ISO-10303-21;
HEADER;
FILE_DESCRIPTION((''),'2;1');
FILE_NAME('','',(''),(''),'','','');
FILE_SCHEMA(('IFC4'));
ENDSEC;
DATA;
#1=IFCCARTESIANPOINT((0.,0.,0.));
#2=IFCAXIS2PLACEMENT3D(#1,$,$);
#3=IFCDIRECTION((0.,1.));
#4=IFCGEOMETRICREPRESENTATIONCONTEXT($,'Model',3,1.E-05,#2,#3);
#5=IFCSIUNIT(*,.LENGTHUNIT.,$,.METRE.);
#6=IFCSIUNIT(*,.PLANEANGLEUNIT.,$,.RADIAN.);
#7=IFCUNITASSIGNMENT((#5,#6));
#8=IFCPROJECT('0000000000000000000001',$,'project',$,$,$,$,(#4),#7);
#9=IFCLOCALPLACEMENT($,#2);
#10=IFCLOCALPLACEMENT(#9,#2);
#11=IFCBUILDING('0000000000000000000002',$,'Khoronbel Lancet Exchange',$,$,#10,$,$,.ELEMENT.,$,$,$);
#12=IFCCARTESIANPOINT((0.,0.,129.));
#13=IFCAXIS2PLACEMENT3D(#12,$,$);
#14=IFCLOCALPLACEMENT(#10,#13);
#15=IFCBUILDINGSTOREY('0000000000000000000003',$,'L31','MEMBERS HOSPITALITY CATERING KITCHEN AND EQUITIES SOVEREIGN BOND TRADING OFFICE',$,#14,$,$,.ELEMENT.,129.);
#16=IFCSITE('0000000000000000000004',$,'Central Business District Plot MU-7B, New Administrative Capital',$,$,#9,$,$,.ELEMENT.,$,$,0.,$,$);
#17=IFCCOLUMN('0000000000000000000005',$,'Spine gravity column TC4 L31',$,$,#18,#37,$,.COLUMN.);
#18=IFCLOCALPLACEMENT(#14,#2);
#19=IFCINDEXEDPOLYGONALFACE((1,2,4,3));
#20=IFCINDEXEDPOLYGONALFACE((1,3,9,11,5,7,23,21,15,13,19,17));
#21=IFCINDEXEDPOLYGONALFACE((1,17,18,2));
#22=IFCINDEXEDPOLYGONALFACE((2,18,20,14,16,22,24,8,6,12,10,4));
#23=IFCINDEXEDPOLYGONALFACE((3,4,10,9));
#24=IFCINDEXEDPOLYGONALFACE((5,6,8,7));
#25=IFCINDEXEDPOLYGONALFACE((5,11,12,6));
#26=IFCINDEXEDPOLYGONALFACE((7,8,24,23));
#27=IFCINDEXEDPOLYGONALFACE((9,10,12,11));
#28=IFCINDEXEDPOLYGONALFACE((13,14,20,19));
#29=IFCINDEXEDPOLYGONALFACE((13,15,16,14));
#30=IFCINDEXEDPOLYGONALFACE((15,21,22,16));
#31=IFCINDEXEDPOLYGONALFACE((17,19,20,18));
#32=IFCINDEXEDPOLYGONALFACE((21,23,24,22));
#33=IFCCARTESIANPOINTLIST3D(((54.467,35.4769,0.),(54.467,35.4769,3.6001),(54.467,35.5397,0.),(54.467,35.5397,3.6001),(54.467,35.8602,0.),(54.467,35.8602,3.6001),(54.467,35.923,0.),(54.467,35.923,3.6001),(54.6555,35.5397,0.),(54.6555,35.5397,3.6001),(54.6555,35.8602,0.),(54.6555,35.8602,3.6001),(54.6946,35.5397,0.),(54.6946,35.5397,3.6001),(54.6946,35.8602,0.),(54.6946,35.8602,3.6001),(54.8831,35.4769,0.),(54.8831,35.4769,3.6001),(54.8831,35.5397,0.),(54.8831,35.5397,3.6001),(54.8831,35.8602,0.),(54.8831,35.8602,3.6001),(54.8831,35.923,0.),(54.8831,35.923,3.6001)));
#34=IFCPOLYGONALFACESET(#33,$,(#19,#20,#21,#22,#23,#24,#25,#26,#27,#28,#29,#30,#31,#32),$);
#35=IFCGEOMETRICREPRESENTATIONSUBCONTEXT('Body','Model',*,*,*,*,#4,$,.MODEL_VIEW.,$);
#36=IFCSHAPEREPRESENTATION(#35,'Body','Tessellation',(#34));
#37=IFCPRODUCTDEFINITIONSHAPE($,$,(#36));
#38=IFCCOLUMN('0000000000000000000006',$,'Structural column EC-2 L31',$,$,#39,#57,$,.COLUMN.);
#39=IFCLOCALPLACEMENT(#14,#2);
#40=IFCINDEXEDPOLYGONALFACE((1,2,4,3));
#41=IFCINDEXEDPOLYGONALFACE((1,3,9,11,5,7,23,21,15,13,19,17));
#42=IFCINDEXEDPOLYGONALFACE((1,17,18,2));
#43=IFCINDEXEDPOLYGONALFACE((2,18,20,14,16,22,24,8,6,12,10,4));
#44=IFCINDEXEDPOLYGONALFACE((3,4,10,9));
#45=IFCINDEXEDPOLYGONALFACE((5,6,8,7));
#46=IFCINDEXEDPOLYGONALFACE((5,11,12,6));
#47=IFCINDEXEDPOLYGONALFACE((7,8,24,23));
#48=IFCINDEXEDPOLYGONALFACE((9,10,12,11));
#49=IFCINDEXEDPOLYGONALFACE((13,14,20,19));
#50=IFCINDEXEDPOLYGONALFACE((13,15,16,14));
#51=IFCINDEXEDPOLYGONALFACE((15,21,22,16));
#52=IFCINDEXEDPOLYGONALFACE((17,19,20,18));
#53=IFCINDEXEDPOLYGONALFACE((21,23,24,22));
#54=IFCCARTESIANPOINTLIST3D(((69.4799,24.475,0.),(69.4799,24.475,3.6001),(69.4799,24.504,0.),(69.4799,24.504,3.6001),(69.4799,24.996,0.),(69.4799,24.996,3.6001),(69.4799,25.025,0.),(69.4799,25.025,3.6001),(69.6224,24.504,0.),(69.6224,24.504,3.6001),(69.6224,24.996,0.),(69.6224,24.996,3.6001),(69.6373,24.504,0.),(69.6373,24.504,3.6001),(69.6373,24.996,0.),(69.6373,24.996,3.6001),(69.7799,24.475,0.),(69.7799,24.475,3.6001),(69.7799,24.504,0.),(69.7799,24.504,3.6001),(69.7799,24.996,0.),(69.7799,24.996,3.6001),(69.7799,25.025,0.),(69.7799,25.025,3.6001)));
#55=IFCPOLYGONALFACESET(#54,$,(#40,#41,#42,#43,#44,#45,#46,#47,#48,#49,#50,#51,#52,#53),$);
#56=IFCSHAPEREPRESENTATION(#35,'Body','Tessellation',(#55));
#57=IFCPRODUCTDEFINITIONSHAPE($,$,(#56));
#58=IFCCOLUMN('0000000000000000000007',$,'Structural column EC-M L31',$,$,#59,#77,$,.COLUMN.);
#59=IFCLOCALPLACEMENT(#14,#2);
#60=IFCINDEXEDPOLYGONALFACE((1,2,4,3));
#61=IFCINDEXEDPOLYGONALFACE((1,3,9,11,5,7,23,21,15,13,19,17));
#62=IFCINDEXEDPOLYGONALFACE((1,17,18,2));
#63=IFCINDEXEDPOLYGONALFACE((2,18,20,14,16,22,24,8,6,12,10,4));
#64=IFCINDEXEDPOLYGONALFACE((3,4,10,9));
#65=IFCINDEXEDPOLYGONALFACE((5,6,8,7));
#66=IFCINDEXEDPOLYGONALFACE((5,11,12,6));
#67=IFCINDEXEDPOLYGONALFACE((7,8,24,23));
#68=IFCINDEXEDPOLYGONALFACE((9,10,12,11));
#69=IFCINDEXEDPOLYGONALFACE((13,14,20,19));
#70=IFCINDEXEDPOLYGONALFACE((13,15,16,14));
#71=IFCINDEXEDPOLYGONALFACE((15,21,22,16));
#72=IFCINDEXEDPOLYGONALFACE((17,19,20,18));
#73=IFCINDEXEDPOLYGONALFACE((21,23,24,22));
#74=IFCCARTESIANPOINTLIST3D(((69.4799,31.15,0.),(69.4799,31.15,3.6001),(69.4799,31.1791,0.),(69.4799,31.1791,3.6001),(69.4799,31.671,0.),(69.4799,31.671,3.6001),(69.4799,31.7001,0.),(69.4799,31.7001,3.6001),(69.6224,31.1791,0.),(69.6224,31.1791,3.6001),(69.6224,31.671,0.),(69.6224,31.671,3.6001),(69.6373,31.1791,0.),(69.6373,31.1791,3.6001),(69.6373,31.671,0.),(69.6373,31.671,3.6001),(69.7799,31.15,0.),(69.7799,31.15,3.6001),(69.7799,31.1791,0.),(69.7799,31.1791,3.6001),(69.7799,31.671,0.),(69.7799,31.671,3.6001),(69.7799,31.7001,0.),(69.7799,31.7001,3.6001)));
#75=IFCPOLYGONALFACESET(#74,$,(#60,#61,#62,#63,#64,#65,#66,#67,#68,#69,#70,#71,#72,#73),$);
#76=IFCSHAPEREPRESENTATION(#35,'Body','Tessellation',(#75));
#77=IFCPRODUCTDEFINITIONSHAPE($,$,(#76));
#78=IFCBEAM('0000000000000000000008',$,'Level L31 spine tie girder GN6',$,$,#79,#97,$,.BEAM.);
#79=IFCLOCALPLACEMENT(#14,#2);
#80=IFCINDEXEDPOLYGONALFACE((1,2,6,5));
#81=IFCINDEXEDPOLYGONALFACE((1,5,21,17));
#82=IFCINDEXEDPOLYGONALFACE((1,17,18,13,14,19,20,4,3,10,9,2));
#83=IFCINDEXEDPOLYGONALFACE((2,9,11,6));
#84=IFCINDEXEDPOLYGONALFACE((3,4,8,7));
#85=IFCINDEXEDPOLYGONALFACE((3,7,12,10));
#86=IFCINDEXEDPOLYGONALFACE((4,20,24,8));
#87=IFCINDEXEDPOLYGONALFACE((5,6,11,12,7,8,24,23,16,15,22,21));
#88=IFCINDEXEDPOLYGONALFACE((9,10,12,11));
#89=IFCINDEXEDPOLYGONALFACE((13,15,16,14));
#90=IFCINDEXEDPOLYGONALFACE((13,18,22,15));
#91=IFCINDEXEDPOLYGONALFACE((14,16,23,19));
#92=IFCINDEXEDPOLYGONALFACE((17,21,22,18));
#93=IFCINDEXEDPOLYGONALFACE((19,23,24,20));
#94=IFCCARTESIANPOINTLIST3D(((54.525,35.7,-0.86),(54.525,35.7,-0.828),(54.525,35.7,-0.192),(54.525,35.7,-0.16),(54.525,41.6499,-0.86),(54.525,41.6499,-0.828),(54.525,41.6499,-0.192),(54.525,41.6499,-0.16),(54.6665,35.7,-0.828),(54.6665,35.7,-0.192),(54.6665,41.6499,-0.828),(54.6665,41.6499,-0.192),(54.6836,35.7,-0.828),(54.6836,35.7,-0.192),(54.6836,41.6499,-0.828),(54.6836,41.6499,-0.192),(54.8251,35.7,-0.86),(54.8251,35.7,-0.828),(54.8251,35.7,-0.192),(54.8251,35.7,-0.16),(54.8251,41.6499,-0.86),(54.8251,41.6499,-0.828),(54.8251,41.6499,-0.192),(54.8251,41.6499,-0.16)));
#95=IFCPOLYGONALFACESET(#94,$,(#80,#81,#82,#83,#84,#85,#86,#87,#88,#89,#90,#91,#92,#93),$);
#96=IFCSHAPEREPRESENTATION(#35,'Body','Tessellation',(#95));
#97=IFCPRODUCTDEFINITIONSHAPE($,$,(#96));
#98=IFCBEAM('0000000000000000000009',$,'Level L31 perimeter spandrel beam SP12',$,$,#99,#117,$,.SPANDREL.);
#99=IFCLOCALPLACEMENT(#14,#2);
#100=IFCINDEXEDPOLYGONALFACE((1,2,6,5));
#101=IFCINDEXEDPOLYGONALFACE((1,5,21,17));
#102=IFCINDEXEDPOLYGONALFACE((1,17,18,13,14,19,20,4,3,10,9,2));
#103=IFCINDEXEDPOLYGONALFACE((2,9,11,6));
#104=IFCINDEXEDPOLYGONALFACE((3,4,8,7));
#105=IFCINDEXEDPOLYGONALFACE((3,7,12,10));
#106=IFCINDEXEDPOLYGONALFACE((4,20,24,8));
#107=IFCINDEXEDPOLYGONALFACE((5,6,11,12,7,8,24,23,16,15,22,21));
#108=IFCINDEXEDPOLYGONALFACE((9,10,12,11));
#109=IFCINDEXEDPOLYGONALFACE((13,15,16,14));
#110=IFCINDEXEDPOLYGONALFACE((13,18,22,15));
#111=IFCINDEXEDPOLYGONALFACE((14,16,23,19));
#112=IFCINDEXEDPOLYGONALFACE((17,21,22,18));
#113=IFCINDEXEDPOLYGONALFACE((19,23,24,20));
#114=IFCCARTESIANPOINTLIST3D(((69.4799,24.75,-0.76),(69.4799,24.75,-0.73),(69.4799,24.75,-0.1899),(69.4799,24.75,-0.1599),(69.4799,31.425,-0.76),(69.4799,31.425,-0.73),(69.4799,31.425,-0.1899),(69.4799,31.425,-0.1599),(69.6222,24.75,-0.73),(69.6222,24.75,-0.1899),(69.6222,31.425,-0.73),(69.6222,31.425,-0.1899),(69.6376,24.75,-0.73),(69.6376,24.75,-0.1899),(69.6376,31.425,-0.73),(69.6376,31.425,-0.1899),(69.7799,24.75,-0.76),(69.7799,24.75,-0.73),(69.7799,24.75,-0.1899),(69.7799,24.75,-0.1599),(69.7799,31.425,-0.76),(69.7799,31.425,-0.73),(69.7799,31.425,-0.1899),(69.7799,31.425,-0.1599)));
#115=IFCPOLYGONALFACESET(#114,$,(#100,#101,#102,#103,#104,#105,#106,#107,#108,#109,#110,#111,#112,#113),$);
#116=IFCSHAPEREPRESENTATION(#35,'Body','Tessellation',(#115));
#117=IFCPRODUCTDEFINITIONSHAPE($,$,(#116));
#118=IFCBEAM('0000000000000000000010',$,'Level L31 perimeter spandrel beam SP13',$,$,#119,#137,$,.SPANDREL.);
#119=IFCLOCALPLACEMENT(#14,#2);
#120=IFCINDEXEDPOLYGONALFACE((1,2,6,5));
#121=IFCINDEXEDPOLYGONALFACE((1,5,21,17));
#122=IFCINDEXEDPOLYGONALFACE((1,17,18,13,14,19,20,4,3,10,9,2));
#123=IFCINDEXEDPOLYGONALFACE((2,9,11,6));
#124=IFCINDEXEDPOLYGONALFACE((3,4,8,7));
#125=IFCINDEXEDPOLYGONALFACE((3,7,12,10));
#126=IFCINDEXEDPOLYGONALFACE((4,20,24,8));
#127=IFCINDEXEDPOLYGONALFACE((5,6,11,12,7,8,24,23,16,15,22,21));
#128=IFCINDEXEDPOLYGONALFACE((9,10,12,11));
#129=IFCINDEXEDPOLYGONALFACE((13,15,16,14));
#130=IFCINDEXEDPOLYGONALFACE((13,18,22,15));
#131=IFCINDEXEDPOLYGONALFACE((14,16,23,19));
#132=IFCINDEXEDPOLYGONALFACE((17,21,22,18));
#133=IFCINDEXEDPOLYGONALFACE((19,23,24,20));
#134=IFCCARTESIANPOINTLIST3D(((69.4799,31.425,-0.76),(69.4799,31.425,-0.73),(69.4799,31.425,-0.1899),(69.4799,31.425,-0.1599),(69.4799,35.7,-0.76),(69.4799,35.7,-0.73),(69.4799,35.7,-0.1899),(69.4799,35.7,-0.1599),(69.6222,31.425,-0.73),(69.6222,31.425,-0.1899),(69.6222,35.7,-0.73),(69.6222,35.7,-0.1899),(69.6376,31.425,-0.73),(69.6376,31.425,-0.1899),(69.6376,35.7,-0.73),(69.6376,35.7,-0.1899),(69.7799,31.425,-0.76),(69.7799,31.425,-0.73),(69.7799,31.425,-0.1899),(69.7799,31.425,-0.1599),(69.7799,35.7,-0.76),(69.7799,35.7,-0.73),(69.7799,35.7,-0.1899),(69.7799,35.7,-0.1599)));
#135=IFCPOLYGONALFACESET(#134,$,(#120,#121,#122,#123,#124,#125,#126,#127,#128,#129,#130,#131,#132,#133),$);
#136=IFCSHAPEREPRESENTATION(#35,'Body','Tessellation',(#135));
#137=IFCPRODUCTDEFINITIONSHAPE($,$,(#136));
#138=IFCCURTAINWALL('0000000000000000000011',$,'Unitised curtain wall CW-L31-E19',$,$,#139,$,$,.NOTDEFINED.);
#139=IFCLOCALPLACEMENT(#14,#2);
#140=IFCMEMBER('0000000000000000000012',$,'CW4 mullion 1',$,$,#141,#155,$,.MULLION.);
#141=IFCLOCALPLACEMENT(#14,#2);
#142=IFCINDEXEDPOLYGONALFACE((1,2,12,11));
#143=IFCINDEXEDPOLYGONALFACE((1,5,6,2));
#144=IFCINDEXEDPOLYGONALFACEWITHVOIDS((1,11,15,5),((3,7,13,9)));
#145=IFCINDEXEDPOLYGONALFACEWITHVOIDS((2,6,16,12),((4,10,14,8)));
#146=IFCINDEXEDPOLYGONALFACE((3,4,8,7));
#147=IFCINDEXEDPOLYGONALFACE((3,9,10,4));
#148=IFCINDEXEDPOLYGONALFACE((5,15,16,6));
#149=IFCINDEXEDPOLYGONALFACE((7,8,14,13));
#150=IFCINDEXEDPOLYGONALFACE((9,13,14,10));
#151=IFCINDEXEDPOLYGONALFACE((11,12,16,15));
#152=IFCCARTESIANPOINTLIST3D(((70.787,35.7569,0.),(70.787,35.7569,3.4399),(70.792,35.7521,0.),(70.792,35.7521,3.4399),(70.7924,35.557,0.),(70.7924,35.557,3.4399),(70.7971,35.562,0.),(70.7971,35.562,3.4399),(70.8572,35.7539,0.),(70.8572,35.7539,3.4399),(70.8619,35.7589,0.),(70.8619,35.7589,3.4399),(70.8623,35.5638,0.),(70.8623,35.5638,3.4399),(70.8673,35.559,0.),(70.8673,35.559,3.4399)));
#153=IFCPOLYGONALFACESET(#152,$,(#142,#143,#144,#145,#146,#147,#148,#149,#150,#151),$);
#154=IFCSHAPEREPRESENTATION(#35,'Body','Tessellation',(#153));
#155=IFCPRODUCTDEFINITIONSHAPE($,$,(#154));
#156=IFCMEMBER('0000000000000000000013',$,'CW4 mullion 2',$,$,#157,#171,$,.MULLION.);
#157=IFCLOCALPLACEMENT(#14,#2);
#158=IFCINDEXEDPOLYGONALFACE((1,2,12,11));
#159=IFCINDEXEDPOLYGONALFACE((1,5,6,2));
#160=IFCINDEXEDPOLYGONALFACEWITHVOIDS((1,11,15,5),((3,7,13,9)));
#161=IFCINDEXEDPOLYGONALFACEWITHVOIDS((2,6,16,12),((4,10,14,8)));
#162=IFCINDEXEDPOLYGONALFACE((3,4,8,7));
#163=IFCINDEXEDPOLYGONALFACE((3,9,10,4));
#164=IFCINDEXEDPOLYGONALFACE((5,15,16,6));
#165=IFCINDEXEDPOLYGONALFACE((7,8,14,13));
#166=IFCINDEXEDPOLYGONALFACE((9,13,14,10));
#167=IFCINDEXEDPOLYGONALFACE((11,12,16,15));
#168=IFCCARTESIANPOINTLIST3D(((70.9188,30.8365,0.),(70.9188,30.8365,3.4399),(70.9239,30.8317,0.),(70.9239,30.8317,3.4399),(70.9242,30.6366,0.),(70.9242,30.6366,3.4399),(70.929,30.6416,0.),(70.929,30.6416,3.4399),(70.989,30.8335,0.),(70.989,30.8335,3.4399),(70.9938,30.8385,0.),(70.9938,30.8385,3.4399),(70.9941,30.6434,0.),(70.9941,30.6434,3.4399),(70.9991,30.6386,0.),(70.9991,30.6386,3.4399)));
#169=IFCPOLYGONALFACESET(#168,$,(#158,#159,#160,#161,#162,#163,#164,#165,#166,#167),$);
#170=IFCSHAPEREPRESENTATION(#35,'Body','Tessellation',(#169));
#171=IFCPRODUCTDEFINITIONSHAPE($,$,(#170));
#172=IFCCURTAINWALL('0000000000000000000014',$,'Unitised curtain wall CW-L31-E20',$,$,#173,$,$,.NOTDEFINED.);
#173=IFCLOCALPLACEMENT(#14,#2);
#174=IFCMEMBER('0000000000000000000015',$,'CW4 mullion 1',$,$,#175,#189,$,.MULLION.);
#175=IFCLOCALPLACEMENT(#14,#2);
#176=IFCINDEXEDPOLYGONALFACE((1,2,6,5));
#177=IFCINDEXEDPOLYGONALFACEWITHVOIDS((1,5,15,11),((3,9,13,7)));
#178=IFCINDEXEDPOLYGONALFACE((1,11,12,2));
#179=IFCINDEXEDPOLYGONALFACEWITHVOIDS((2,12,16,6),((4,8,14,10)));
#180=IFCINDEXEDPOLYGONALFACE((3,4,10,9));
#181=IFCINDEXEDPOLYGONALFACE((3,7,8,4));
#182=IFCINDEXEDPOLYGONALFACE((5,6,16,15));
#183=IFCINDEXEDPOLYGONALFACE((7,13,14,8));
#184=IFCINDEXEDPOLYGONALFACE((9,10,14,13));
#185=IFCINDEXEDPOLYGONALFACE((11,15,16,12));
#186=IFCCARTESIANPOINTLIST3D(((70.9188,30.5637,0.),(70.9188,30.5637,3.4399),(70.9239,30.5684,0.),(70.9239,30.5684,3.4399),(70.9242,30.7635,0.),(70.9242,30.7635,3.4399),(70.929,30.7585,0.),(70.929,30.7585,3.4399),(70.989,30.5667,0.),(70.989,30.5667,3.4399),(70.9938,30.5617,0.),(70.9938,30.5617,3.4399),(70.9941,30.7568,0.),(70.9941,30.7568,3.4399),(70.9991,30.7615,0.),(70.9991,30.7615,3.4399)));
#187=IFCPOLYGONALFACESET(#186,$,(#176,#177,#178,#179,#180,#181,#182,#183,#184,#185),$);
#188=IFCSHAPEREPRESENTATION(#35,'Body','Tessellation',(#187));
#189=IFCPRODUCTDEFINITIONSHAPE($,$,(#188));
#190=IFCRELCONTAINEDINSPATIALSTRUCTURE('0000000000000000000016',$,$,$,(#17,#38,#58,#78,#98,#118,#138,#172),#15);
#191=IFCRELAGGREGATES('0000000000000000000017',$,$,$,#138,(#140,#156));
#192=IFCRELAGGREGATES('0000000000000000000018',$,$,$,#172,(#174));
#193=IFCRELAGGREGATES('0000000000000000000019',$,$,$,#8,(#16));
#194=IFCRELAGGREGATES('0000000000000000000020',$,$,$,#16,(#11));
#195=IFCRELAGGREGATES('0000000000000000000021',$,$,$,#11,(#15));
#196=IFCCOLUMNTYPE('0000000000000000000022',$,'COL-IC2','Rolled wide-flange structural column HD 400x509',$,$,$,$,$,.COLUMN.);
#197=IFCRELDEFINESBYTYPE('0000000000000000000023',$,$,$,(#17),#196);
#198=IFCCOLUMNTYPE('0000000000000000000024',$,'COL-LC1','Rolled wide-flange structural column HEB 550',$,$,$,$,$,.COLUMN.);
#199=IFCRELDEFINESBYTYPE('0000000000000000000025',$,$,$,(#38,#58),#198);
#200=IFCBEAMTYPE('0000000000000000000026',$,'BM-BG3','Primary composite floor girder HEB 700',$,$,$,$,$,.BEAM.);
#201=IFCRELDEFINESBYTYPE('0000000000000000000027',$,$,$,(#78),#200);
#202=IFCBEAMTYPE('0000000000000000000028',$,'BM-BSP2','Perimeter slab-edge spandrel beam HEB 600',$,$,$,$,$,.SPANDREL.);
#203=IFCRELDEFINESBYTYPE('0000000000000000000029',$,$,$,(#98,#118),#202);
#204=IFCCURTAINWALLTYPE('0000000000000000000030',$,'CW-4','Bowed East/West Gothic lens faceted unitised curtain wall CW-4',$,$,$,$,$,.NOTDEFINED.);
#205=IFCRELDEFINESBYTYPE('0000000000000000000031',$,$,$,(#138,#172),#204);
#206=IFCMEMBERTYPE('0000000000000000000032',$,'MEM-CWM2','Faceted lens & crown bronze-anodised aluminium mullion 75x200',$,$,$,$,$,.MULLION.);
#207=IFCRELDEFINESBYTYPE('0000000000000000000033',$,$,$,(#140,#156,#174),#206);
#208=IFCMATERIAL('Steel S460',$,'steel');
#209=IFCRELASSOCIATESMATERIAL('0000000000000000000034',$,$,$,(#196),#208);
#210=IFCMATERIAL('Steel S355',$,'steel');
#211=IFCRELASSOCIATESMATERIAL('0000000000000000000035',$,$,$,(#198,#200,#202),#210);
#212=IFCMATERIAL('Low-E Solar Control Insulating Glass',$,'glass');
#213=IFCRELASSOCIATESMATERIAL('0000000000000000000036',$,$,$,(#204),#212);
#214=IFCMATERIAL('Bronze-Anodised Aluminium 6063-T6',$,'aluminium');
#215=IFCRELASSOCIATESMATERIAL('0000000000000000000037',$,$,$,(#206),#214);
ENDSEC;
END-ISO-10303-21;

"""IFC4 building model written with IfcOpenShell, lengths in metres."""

from ifc_helpers import new_model, si_unit, direction, frame, origin, origin_2d, place, context, subcontext, project, spatial, hollow_rectangle, i_section, extrude, material, material_profile, profile_set, type_object, element, aggregate, save


model = new_model("IFC4")

# Units and contexts
model_context = context("Model", 3, precision=1e-05, world=origin(), true_north=direction((0.0, 1.0)))
body_context = subcontext(model_context, "Body", "Model", "MODEL_VIEW")
ifc_project = project(units=[si_unit("LENGTHUNIT", "METRE"), si_unit("PLANEANGLEUNIT", "RADIAN")], contexts=[model_context])

# Site, building, storey
site_placement = place(None, origin())
site = spatial("IfcSite", under=ifc_project, at=site_placement, Name="Central Business District Plot MU-7B, New Administrative Capital", CompositionType="ELEMENT", RefElevation=0.0)
building_placement = place(site_placement, origin())
building = spatial("IfcBuilding", under=site, at=building_placement, Name="Khoronbel Lancet Exchange", CompositionType="ELEMENT")
storey_placement = place(building_placement, frame((0.0, 0.0, 129.0)))
storey = spatial("IfcBuildingStorey", under=building, at=storey_placement, Name="L31", Description="MEMBERS HOSPITALITY CATERING KITCHEN AND EQUITIES SOVEREIGN BOND TRADING OFFICE", CompositionType="ELEMENT", Elevation=129.0)

# Columns
ifc_material_1 = material(Name="Steel S460", Category="steel")
ifc_material_profile_1 = material_profile(ifc_material_1, i_section(OverallWidth=0.416, OverallDepth=0.446, WebThickness=0.0391, FlangeThickness=0.0627, at=origin_2d()), Name="HD 400x509")
ifc_profile_set_1 = profile_set([ifc_material_profile_1], Name="Steel S460")
column_type_1 = type_object("IfcColumnType", Name="COL-IC2", Description="Rolled wide-flange structural column HD 400x509", PredefinedType="COLUMN", material=ifc_profile_set_1)
column_placement = place(storey_placement, frame((54.675, 35.7, 0.0), z_axis=(0.0, 0.0, 1.0), x_axis=(1.0, 0.0, 0.0)))
element("IfcColumn", 1, at=column_placement, inside=storey, type_object=column_type_1, Name="Spine gravity column TC4 L31", PredefinedType="COLUMN", context=body_context, shape_type="SweptSolid", body=[
    extrude(i_section(OverallWidth=0.416, OverallDepth=0.446, WebThickness=0.0391, FlangeThickness=0.0627, at=origin_2d()), origin(), (0.0, 0.0, 1.0), 3.6001),
])
ifc_material_2 = material(Name="Steel S355", Category="steel")
ifc_material_profile_2 = material_profile(ifc_material_2, i_section(OverallWidth=0.3, OverallDepth=0.55, WebThickness=0.0149, FlangeThickness=0.0291, at=origin_2d()), Name="HEB 550")
ifc_profile_set_2 = profile_set([ifc_material_profile_2], Name="Steel S355")
column_type_2 = type_object("IfcColumnType", Name="COL-LC1", Description="Rolled wide-flange structural column HEB 550", PredefinedType="COLUMN", material=ifc_profile_set_2)
for number, where, z_axis, x_axis, name in (
    (2, (69.6299, 24.75, 0.0), (0.0, 0.0, 1.0), (1.0, 0.0, 0.0), "Structural column EC-2 L31"),
    (3, (69.6299, 31.425, 0.0), (0.0, 0.0, 1.0), (1.0, 0.0, 0.0), "Structural column EC-M L31"),
):
    element("IfcColumn", number, at=place(storey_placement, frame(where, z_axis=z_axis, x_axis=x_axis)), inside=storey, type_object=column_type_2, Name=name, PredefinedType="COLUMN", context=body_context, shape_type="SweptSolid", body=[
        extrude(i_section(OverallWidth=0.3, OverallDepth=0.55, WebThickness=0.0149, FlangeThickness=0.0291, at=origin_2d()), origin(), (0.0, 0.0, 1.0), 3.6001),
    ])

# Beams
ifc_material_profile_3 = material_profile(ifc_material_2, i_section(OverallWidth=0.3, OverallDepth=0.7, WebThickness=0.0171, FlangeThickness=0.032, at=origin_2d()), Name="HEB 700")
ifc_profile_set_3 = profile_set([ifc_material_profile_3], Name="Steel S355")
beam_type_1 = type_object("IfcBeamType", Name="BM-BG3", Description="Primary composite floor girder HEB 700", PredefinedType="BEAM", material=ifc_profile_set_3)
beam_1_placement = place(storey_placement, frame((54.675, 35.7, -0.51), z_axis=(0.0, 1.0, 0.0), x_axis=(-1.0, 0.0, 0.0)))
element("IfcBeam", 4, at=beam_1_placement, inside=storey, type_object=beam_type_1, Name="Level L31 spine tie girder GN6", PredefinedType="BEAM", context=body_context, shape_type="SweptSolid", body=[
    extrude(i_section(OverallWidth=0.3, OverallDepth=0.7, WebThickness=0.0171, FlangeThickness=0.032, at=origin_2d()), origin(), (0.0, 0.0, 1.0), 5.95),
])
ifc_material_profile_4 = material_profile(ifc_material_2, i_section(OverallWidth=0.3, OverallDepth=0.6001, WebThickness=0.0154, FlangeThickness=0.03, at=origin_2d()), Name="HEB 600")
ifc_profile_set_4 = profile_set([ifc_material_profile_4], Name="Steel S355")
beam_type_2 = type_object("IfcBeamType", Name="BM-BSP2", Description="Perimeter slab-edge spandrel beam HEB 600", PredefinedType="SPANDREL", material=ifc_profile_set_4)
beam_2_placement = place(storey_placement, frame((69.6299, 24.75, -0.46), z_axis=(0.0, 1.0, 0.0), x_axis=(-1.0, 0.0, 0.0)))
element("IfcBeam", 5, at=beam_2_placement, inside=storey, type_object=beam_type_2, Name="Level L31 perimeter spandrel beam SP12", PredefinedType="SPANDREL", context=body_context, shape_type="SweptSolid", body=[
    extrude(i_section(OverallWidth=0.3, OverallDepth=0.6001, WebThickness=0.0154, FlangeThickness=0.03, at=origin_2d()), origin(), (0.0, 0.0, 1.0), 6.675),
])
beam_3_placement = place(storey_placement, frame((69.6299, 31.425, -0.46), z_axis=(0.0, 1.0, 0.0), x_axis=(-1.0, 0.0, 0.0)))
element("IfcBeam", 6, at=beam_3_placement, inside=storey, type_object=beam_type_2, Name="Level L31 perimeter spandrel beam SP13", PredefinedType="SPANDREL", context=body_context, shape_type="SweptSolid", body=[
    extrude(i_section(OverallWidth=0.3, OverallDepth=0.6001, WebThickness=0.0154, FlangeThickness=0.03, at=origin_2d()), origin(), (0.0, 0.0, 1.0), 4.2749),
])

# Curtain walls, members
ifc_material_3 = material(Name="Low-E Solar Control Insulating Glass", Category="glass")
curtain_wall_type = type_object("IfcCurtainWallType", Name="CW-4", Description="Bowed East/West Gothic lens faceted unitised curtain wall CW-4", PredefinedType="NOTDEFINED", material=ifc_material_3)
curtain_wall_1_placement = place(storey_placement, origin())
curtain_wall_1 = element("IfcCurtainWall", 7, at=curtain_wall_1_placement, inside=storey, type_object=curtain_wall_type, Name="Unitised curtain wall CW-L31-E19", PredefinedType="NOTDEFINED")
ifc_material_4 = material(Name="Bronze-Anodised Aluminium 6063-T6", Category="aluminium")
ifc_material_profile_5 = material_profile(ifc_material_4, hollow_rectangle(XDim=0.075, YDim=0.2, WallThickness=0.0049, at=origin_2d()), Name="ALU MULLION 75x200")
ifc_profile_set_5 = profile_set([ifc_material_profile_5], Name="Bronze-Anodised Aluminium 6063-T6")
member_type_1 = type_object("IfcMemberType", Name="MEM-CWM2", Description="Faceted lens & crown bronze-anodised aluminium mullion 75x200", PredefinedType="MULLION", material=ifc_profile_set_5)
member_1_placement = place(storey_placement, frame((70.8271, 35.658, 0.0), z_axis=(0.0, 0.0, 1.0), x_axis=(0.999641, 0.026795, 0.0)))
member_1 = element("IfcMember", 8, at=member_1_placement, type_object=member_type_1, Name="CW4 mullion 1", PredefinedType="MULLION", context=body_context, shape_type="SweptSolid", body=[
    extrude(hollow_rectangle(XDim=0.075, YDim=0.2, WallThickness=0.0049, at=origin_2d()), origin(), (0.0, 0.0, 1.0), 3.4399),
])
member_2_placement = place(storey_placement, frame((70.959, 30.7375, 0.0), z_axis=(0.0, 0.0, 1.0), x_axis=(0.999641, 0.026795, 0.0)))
member_2 = element("IfcMember", 9, at=member_2_placement, type_object=member_type_1, Name="CW4 mullion 2", PredefinedType="MULLION", context=body_context, shape_type="SweptSolid", body=[
    extrude(hollow_rectangle(XDim=0.075, YDim=0.2, WallThickness=0.0049, at=origin_2d()), origin(), (0.0, 0.0, 1.0), 3.4399),
])
curtain_wall_2_placement = place(storey_placement, origin())
curtain_wall_2 = element("IfcCurtainWall", 10, at=curtain_wall_2_placement, inside=storey, type_object=curtain_wall_type, Name="Unitised curtain wall CW-L31-E20", PredefinedType="NOTDEFINED")
member_3_placement = place(storey_placement, frame((70.959, 30.6626, 0.0), z_axis=(0.0, 0.0, 1.0), x_axis=(0.999641, -0.026795, 0.0)))
member_3 = element("IfcMember", 11, at=member_3_placement, type_object=member_type_1, Name="CW4 mullion 1", PredefinedType="MULLION", context=body_context, shape_type="SweptSolid", body=[
    extrude(hollow_rectangle(XDim=0.075, YDim=0.2, WallThickness=0.0049, at=origin_2d()), origin(), (0.0, 0.0, 1.0), 3.4399),
])

aggregate(curtain_wall_1, [member_1, member_2])
aggregate(curtain_wall_2, [member_3])

save(model, "model.ifc")
